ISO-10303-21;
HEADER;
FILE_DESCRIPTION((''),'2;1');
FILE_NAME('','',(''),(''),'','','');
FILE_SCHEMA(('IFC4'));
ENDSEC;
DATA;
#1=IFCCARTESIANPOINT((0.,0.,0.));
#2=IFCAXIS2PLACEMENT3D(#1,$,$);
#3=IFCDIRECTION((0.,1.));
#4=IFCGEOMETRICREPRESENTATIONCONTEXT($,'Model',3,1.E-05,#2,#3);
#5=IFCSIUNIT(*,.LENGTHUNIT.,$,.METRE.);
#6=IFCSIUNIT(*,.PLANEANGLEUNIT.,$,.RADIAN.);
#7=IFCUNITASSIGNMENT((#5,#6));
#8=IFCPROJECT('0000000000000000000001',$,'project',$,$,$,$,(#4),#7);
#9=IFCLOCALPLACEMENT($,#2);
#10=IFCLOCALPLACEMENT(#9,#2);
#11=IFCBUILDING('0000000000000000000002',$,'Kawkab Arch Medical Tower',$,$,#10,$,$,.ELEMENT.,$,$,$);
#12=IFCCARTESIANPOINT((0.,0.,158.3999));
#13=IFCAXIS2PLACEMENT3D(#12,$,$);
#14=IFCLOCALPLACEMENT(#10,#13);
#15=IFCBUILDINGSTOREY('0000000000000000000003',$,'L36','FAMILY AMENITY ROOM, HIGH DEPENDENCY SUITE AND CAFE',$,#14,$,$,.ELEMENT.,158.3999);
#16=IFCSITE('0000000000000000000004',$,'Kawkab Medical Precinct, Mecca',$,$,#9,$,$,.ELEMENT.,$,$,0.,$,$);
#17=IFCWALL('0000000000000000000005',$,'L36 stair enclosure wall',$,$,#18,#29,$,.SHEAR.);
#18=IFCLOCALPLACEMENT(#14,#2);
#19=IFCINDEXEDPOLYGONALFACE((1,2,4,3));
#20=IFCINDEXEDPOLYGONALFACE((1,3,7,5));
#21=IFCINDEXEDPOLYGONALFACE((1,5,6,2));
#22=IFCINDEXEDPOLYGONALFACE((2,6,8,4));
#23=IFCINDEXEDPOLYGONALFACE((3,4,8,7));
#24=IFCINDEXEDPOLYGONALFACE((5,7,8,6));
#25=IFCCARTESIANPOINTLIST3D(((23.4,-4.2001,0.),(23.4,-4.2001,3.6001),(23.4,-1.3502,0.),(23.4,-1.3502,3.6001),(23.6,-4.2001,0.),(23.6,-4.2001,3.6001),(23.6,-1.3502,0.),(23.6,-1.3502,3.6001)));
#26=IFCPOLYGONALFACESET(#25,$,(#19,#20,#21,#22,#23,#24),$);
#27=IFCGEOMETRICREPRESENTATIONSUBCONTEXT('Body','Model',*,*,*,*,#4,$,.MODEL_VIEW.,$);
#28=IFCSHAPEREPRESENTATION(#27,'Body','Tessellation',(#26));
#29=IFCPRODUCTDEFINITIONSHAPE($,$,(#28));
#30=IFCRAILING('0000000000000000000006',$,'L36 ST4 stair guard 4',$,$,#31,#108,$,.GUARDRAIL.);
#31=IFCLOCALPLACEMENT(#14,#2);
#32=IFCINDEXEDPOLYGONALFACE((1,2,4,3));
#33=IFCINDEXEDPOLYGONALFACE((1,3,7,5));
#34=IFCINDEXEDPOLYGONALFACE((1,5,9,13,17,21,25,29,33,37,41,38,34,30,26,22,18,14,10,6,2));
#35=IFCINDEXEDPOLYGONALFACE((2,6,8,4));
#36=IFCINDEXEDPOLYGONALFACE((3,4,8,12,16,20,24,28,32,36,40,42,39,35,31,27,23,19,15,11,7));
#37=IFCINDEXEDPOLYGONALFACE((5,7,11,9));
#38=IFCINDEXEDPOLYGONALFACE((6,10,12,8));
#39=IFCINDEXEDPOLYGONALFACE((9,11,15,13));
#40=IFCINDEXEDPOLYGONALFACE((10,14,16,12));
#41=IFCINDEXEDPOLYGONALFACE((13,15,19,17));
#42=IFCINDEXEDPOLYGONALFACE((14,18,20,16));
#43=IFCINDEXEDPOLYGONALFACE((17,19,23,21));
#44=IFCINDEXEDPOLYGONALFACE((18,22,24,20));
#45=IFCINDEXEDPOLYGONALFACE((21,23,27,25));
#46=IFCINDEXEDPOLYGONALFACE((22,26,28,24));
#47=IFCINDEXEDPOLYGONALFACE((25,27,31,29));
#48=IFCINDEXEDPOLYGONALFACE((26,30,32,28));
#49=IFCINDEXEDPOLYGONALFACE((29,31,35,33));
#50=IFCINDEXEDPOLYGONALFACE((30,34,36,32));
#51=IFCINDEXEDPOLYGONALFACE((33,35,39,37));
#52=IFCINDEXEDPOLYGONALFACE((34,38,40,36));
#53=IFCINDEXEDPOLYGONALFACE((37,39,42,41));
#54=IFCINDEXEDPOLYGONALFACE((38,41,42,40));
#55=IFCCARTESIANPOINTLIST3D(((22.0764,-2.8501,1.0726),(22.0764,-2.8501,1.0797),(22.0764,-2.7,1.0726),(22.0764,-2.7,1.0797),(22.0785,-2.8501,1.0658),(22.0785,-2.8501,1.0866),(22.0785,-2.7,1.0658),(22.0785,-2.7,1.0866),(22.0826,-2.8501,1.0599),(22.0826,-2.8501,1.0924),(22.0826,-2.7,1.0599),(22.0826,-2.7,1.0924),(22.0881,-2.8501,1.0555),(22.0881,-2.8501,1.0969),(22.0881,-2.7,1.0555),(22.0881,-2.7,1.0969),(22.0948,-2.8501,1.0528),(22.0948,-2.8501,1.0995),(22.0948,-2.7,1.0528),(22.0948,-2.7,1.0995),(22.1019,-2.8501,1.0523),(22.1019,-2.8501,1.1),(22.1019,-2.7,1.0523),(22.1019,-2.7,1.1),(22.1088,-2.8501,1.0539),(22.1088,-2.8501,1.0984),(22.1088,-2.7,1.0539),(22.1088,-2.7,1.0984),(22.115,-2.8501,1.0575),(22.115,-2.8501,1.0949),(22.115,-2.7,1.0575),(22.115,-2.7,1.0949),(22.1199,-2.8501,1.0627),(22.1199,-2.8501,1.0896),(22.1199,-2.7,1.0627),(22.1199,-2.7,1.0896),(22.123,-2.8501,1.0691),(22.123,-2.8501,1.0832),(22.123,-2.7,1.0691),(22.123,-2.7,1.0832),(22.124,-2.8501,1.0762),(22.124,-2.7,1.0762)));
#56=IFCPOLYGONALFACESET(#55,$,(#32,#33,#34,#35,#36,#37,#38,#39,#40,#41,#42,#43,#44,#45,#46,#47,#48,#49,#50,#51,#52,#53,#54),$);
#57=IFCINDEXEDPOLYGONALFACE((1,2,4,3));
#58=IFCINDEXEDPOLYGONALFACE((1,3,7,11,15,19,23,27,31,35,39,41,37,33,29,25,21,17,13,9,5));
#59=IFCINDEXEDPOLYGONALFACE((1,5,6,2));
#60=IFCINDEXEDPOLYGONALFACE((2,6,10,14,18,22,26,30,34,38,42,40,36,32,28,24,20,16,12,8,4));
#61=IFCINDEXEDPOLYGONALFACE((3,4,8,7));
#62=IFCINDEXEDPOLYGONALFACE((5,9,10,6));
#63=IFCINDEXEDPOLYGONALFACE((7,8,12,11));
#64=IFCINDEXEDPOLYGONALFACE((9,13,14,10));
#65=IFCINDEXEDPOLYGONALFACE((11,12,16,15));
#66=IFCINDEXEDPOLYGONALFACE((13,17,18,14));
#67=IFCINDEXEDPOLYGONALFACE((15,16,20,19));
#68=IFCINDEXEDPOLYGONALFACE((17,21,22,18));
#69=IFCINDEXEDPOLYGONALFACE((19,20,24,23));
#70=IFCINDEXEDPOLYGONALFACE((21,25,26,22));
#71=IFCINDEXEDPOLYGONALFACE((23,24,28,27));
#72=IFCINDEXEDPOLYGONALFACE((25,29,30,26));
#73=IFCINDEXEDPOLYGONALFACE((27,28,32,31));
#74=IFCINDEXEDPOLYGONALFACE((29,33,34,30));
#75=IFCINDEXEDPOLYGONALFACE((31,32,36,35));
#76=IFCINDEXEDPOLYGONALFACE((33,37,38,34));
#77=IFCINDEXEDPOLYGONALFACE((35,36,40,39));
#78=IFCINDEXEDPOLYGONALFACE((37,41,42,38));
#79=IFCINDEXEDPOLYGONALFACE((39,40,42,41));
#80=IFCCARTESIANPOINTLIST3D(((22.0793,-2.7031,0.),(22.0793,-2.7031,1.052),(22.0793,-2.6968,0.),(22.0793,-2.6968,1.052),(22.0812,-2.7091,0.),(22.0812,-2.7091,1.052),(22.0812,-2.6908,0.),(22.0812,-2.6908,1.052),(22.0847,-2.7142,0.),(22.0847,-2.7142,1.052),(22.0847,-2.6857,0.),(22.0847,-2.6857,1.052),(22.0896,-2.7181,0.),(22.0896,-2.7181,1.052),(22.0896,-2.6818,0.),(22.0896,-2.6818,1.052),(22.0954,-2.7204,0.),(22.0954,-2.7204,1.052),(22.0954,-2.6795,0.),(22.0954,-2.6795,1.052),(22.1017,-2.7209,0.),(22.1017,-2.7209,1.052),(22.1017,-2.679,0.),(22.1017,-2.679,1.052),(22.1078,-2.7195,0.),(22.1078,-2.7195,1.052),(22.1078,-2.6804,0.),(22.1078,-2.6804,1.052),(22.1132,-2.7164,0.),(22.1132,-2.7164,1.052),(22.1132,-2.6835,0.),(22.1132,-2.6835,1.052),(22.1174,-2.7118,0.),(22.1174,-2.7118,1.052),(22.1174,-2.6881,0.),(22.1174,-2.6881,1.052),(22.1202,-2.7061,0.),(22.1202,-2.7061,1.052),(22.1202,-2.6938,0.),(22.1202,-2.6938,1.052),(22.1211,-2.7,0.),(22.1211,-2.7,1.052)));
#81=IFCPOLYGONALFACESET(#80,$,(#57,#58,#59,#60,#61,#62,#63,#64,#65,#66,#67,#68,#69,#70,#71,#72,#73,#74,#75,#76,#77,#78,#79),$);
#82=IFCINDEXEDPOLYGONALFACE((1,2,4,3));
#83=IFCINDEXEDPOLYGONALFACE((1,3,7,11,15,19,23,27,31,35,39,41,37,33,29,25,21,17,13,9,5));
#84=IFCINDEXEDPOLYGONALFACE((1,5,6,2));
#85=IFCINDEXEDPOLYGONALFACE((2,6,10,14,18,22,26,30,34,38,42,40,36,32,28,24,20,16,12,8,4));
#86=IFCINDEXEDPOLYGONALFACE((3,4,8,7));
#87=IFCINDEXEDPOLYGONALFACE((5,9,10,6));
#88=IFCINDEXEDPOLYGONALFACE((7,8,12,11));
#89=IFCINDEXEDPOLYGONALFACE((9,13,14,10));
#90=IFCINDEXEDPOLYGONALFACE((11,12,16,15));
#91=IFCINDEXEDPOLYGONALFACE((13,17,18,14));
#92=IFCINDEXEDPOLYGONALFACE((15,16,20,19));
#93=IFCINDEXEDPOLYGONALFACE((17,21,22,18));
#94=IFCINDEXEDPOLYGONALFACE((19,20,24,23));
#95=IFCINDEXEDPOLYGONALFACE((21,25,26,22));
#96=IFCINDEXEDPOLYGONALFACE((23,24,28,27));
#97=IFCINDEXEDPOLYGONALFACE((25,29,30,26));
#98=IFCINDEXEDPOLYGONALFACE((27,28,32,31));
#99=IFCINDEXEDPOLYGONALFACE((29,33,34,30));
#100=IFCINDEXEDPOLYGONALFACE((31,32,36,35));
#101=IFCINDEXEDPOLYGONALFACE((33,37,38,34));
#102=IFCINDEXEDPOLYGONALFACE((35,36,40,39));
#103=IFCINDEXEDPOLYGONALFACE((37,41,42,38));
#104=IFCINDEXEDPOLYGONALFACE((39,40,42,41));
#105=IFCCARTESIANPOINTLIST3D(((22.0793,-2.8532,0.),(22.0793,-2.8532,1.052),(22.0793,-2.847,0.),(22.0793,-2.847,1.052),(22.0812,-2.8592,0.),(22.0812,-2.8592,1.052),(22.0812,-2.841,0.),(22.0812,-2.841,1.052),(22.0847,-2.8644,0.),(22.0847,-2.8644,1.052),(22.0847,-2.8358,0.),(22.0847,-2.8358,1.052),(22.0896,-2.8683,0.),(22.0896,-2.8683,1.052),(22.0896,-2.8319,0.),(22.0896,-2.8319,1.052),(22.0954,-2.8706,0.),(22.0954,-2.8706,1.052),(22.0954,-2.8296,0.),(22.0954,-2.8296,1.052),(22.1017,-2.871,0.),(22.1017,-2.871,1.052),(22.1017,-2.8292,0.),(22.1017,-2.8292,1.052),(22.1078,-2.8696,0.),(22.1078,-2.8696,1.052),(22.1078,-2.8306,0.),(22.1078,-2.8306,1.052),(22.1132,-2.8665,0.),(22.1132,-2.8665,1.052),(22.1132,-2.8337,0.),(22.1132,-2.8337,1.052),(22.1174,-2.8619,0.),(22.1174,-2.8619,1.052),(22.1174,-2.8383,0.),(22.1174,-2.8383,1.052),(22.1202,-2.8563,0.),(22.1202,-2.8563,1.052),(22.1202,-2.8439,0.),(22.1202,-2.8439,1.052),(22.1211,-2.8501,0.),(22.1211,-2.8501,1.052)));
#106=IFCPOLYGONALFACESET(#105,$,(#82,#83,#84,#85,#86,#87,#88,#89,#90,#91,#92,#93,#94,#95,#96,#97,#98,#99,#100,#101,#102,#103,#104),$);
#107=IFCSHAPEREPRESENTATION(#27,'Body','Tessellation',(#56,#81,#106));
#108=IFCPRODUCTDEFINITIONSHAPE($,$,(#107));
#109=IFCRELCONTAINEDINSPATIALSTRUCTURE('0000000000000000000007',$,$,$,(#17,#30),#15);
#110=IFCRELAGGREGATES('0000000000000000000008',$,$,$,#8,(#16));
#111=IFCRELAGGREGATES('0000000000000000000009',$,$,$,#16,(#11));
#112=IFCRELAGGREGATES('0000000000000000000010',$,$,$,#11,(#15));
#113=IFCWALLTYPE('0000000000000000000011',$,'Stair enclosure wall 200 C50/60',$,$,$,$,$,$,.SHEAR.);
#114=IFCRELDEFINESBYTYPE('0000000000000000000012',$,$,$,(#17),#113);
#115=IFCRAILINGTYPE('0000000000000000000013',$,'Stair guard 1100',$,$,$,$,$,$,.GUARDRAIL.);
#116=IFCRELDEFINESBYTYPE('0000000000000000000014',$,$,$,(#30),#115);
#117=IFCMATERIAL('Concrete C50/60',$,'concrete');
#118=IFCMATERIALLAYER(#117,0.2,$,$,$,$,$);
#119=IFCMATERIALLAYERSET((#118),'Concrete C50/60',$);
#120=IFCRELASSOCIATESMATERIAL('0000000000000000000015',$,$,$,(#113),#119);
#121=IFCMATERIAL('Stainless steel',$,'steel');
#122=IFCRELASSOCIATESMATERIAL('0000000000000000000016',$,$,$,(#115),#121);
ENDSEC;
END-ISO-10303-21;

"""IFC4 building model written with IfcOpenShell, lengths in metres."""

from ifc_helpers import new_model, si_unit, direction, frame, frame_2d, origin, origin_2d, place, context, subcontext, project, spatial, rectangle, circle, extrude, material, layer, layer_set, type_object, element, save


model = new_model("IFC4")

# Units and contexts
model_context = context("Model", 3, precision=1e-05, world=origin(), true_north=direction((0.0, 1.0)))
body_context = subcontext(model_context, "Body", "Model", "MODEL_VIEW")
ifc_project = project(units=[si_unit("LENGTHUNIT", "METRE"), si_unit("PLANEANGLEUNIT", "RADIAN")], contexts=[model_context])

# Site, building, storey
site_placement = place(None, origin())
site = spatial("IfcSite", under=ifc_project, at=site_placement, Name="Kawkab Medical Precinct, Mecca", CompositionType="ELEMENT", RefElevation=0.0)
building_placement = place(site_placement, origin())
building = spatial("IfcBuilding", under=site, at=building_placement, Name="Kawkab Arch Medical Tower", CompositionType="ELEMENT")
storey_placement = place(building_placement, frame((0.0, 0.0, 158.3999)))
storey = spatial("IfcBuildingStorey", under=building, at=storey_placement, Name="L36", Description="FAMILY AMENITY ROOM, HIGH DEPENDENCY SUITE AND CAFE", CompositionType="ELEMENT", Elevation=158.3999)

# Wall
ifc_material_1 = material(Name="Concrete C50/60", Category="concrete")
ifc_layer_1 = layer(ifc_material_1, 0.2)
ifc_layer_set_1 = layer_set([ifc_layer_1], Name="Concrete C50/60")
wall_type_1 = type_object("IfcWallType", Name="Stair enclosure wall 200 C50/60", PredefinedType="SHEAR", material=ifc_layer_set_1)
wall_1_placement = place(storey_placement, frame((23.5, -4.2, 0.0), z_axis=(0.0, 0.0, 1.0), x_axis=(0.0, 1.0, 0.0)))
element("IfcWall", 1, at=wall_1_placement, inside=storey, type_object=wall_type_1, Name="L36 stair enclosure wall", PredefinedType="SHEAR", context=body_context, shape_type="SweptSolid", body=[
    extrude(rectangle(XDim=2.8499, YDim=0.2, at=frame_2d((1.4248, 0.0))), origin(), (0.0, 0.0, 1.0), 3.6001),
])

# Railing
ifc_material_2 = material(Name="Stainless steel", Category="steel")
railing_type = type_object("IfcRailingType", Name="Stair guard 1100", PredefinedType="GUARDRAIL", material=ifc_material_2)
railing_placement = place(storey_placement, frame((22.1001, -2.7, 0.0)))
element("IfcRailing", 2, at=railing_placement, inside=storey, type_object=railing_type, Name="L36 ST4 stair guard 4", PredefinedType="GUARDRAIL", context=body_context, shape_type="SweptSolid", body=[
    extrude(circle(Radius=0.0239, at=origin_2d()), frame((0.0, 0.0, 1.0762), z_axis=(0.0, -1.0, 0.0), x_axis=(1.0, 0.0, 0.0)), (0.0, 0.0, 1.0), 0.1501),
    extrude(circle(Radius=0.021, at=origin_2d()), origin(), (0.0, 0.0, 1.0), 1.052),
    extrude(circle(Radius=0.021, at=origin_2d()), frame((0.0, -0.1501, 0.0)), (0.0, 0.0, 1.0), 1.052),
])

save(model, "model.ifc")
